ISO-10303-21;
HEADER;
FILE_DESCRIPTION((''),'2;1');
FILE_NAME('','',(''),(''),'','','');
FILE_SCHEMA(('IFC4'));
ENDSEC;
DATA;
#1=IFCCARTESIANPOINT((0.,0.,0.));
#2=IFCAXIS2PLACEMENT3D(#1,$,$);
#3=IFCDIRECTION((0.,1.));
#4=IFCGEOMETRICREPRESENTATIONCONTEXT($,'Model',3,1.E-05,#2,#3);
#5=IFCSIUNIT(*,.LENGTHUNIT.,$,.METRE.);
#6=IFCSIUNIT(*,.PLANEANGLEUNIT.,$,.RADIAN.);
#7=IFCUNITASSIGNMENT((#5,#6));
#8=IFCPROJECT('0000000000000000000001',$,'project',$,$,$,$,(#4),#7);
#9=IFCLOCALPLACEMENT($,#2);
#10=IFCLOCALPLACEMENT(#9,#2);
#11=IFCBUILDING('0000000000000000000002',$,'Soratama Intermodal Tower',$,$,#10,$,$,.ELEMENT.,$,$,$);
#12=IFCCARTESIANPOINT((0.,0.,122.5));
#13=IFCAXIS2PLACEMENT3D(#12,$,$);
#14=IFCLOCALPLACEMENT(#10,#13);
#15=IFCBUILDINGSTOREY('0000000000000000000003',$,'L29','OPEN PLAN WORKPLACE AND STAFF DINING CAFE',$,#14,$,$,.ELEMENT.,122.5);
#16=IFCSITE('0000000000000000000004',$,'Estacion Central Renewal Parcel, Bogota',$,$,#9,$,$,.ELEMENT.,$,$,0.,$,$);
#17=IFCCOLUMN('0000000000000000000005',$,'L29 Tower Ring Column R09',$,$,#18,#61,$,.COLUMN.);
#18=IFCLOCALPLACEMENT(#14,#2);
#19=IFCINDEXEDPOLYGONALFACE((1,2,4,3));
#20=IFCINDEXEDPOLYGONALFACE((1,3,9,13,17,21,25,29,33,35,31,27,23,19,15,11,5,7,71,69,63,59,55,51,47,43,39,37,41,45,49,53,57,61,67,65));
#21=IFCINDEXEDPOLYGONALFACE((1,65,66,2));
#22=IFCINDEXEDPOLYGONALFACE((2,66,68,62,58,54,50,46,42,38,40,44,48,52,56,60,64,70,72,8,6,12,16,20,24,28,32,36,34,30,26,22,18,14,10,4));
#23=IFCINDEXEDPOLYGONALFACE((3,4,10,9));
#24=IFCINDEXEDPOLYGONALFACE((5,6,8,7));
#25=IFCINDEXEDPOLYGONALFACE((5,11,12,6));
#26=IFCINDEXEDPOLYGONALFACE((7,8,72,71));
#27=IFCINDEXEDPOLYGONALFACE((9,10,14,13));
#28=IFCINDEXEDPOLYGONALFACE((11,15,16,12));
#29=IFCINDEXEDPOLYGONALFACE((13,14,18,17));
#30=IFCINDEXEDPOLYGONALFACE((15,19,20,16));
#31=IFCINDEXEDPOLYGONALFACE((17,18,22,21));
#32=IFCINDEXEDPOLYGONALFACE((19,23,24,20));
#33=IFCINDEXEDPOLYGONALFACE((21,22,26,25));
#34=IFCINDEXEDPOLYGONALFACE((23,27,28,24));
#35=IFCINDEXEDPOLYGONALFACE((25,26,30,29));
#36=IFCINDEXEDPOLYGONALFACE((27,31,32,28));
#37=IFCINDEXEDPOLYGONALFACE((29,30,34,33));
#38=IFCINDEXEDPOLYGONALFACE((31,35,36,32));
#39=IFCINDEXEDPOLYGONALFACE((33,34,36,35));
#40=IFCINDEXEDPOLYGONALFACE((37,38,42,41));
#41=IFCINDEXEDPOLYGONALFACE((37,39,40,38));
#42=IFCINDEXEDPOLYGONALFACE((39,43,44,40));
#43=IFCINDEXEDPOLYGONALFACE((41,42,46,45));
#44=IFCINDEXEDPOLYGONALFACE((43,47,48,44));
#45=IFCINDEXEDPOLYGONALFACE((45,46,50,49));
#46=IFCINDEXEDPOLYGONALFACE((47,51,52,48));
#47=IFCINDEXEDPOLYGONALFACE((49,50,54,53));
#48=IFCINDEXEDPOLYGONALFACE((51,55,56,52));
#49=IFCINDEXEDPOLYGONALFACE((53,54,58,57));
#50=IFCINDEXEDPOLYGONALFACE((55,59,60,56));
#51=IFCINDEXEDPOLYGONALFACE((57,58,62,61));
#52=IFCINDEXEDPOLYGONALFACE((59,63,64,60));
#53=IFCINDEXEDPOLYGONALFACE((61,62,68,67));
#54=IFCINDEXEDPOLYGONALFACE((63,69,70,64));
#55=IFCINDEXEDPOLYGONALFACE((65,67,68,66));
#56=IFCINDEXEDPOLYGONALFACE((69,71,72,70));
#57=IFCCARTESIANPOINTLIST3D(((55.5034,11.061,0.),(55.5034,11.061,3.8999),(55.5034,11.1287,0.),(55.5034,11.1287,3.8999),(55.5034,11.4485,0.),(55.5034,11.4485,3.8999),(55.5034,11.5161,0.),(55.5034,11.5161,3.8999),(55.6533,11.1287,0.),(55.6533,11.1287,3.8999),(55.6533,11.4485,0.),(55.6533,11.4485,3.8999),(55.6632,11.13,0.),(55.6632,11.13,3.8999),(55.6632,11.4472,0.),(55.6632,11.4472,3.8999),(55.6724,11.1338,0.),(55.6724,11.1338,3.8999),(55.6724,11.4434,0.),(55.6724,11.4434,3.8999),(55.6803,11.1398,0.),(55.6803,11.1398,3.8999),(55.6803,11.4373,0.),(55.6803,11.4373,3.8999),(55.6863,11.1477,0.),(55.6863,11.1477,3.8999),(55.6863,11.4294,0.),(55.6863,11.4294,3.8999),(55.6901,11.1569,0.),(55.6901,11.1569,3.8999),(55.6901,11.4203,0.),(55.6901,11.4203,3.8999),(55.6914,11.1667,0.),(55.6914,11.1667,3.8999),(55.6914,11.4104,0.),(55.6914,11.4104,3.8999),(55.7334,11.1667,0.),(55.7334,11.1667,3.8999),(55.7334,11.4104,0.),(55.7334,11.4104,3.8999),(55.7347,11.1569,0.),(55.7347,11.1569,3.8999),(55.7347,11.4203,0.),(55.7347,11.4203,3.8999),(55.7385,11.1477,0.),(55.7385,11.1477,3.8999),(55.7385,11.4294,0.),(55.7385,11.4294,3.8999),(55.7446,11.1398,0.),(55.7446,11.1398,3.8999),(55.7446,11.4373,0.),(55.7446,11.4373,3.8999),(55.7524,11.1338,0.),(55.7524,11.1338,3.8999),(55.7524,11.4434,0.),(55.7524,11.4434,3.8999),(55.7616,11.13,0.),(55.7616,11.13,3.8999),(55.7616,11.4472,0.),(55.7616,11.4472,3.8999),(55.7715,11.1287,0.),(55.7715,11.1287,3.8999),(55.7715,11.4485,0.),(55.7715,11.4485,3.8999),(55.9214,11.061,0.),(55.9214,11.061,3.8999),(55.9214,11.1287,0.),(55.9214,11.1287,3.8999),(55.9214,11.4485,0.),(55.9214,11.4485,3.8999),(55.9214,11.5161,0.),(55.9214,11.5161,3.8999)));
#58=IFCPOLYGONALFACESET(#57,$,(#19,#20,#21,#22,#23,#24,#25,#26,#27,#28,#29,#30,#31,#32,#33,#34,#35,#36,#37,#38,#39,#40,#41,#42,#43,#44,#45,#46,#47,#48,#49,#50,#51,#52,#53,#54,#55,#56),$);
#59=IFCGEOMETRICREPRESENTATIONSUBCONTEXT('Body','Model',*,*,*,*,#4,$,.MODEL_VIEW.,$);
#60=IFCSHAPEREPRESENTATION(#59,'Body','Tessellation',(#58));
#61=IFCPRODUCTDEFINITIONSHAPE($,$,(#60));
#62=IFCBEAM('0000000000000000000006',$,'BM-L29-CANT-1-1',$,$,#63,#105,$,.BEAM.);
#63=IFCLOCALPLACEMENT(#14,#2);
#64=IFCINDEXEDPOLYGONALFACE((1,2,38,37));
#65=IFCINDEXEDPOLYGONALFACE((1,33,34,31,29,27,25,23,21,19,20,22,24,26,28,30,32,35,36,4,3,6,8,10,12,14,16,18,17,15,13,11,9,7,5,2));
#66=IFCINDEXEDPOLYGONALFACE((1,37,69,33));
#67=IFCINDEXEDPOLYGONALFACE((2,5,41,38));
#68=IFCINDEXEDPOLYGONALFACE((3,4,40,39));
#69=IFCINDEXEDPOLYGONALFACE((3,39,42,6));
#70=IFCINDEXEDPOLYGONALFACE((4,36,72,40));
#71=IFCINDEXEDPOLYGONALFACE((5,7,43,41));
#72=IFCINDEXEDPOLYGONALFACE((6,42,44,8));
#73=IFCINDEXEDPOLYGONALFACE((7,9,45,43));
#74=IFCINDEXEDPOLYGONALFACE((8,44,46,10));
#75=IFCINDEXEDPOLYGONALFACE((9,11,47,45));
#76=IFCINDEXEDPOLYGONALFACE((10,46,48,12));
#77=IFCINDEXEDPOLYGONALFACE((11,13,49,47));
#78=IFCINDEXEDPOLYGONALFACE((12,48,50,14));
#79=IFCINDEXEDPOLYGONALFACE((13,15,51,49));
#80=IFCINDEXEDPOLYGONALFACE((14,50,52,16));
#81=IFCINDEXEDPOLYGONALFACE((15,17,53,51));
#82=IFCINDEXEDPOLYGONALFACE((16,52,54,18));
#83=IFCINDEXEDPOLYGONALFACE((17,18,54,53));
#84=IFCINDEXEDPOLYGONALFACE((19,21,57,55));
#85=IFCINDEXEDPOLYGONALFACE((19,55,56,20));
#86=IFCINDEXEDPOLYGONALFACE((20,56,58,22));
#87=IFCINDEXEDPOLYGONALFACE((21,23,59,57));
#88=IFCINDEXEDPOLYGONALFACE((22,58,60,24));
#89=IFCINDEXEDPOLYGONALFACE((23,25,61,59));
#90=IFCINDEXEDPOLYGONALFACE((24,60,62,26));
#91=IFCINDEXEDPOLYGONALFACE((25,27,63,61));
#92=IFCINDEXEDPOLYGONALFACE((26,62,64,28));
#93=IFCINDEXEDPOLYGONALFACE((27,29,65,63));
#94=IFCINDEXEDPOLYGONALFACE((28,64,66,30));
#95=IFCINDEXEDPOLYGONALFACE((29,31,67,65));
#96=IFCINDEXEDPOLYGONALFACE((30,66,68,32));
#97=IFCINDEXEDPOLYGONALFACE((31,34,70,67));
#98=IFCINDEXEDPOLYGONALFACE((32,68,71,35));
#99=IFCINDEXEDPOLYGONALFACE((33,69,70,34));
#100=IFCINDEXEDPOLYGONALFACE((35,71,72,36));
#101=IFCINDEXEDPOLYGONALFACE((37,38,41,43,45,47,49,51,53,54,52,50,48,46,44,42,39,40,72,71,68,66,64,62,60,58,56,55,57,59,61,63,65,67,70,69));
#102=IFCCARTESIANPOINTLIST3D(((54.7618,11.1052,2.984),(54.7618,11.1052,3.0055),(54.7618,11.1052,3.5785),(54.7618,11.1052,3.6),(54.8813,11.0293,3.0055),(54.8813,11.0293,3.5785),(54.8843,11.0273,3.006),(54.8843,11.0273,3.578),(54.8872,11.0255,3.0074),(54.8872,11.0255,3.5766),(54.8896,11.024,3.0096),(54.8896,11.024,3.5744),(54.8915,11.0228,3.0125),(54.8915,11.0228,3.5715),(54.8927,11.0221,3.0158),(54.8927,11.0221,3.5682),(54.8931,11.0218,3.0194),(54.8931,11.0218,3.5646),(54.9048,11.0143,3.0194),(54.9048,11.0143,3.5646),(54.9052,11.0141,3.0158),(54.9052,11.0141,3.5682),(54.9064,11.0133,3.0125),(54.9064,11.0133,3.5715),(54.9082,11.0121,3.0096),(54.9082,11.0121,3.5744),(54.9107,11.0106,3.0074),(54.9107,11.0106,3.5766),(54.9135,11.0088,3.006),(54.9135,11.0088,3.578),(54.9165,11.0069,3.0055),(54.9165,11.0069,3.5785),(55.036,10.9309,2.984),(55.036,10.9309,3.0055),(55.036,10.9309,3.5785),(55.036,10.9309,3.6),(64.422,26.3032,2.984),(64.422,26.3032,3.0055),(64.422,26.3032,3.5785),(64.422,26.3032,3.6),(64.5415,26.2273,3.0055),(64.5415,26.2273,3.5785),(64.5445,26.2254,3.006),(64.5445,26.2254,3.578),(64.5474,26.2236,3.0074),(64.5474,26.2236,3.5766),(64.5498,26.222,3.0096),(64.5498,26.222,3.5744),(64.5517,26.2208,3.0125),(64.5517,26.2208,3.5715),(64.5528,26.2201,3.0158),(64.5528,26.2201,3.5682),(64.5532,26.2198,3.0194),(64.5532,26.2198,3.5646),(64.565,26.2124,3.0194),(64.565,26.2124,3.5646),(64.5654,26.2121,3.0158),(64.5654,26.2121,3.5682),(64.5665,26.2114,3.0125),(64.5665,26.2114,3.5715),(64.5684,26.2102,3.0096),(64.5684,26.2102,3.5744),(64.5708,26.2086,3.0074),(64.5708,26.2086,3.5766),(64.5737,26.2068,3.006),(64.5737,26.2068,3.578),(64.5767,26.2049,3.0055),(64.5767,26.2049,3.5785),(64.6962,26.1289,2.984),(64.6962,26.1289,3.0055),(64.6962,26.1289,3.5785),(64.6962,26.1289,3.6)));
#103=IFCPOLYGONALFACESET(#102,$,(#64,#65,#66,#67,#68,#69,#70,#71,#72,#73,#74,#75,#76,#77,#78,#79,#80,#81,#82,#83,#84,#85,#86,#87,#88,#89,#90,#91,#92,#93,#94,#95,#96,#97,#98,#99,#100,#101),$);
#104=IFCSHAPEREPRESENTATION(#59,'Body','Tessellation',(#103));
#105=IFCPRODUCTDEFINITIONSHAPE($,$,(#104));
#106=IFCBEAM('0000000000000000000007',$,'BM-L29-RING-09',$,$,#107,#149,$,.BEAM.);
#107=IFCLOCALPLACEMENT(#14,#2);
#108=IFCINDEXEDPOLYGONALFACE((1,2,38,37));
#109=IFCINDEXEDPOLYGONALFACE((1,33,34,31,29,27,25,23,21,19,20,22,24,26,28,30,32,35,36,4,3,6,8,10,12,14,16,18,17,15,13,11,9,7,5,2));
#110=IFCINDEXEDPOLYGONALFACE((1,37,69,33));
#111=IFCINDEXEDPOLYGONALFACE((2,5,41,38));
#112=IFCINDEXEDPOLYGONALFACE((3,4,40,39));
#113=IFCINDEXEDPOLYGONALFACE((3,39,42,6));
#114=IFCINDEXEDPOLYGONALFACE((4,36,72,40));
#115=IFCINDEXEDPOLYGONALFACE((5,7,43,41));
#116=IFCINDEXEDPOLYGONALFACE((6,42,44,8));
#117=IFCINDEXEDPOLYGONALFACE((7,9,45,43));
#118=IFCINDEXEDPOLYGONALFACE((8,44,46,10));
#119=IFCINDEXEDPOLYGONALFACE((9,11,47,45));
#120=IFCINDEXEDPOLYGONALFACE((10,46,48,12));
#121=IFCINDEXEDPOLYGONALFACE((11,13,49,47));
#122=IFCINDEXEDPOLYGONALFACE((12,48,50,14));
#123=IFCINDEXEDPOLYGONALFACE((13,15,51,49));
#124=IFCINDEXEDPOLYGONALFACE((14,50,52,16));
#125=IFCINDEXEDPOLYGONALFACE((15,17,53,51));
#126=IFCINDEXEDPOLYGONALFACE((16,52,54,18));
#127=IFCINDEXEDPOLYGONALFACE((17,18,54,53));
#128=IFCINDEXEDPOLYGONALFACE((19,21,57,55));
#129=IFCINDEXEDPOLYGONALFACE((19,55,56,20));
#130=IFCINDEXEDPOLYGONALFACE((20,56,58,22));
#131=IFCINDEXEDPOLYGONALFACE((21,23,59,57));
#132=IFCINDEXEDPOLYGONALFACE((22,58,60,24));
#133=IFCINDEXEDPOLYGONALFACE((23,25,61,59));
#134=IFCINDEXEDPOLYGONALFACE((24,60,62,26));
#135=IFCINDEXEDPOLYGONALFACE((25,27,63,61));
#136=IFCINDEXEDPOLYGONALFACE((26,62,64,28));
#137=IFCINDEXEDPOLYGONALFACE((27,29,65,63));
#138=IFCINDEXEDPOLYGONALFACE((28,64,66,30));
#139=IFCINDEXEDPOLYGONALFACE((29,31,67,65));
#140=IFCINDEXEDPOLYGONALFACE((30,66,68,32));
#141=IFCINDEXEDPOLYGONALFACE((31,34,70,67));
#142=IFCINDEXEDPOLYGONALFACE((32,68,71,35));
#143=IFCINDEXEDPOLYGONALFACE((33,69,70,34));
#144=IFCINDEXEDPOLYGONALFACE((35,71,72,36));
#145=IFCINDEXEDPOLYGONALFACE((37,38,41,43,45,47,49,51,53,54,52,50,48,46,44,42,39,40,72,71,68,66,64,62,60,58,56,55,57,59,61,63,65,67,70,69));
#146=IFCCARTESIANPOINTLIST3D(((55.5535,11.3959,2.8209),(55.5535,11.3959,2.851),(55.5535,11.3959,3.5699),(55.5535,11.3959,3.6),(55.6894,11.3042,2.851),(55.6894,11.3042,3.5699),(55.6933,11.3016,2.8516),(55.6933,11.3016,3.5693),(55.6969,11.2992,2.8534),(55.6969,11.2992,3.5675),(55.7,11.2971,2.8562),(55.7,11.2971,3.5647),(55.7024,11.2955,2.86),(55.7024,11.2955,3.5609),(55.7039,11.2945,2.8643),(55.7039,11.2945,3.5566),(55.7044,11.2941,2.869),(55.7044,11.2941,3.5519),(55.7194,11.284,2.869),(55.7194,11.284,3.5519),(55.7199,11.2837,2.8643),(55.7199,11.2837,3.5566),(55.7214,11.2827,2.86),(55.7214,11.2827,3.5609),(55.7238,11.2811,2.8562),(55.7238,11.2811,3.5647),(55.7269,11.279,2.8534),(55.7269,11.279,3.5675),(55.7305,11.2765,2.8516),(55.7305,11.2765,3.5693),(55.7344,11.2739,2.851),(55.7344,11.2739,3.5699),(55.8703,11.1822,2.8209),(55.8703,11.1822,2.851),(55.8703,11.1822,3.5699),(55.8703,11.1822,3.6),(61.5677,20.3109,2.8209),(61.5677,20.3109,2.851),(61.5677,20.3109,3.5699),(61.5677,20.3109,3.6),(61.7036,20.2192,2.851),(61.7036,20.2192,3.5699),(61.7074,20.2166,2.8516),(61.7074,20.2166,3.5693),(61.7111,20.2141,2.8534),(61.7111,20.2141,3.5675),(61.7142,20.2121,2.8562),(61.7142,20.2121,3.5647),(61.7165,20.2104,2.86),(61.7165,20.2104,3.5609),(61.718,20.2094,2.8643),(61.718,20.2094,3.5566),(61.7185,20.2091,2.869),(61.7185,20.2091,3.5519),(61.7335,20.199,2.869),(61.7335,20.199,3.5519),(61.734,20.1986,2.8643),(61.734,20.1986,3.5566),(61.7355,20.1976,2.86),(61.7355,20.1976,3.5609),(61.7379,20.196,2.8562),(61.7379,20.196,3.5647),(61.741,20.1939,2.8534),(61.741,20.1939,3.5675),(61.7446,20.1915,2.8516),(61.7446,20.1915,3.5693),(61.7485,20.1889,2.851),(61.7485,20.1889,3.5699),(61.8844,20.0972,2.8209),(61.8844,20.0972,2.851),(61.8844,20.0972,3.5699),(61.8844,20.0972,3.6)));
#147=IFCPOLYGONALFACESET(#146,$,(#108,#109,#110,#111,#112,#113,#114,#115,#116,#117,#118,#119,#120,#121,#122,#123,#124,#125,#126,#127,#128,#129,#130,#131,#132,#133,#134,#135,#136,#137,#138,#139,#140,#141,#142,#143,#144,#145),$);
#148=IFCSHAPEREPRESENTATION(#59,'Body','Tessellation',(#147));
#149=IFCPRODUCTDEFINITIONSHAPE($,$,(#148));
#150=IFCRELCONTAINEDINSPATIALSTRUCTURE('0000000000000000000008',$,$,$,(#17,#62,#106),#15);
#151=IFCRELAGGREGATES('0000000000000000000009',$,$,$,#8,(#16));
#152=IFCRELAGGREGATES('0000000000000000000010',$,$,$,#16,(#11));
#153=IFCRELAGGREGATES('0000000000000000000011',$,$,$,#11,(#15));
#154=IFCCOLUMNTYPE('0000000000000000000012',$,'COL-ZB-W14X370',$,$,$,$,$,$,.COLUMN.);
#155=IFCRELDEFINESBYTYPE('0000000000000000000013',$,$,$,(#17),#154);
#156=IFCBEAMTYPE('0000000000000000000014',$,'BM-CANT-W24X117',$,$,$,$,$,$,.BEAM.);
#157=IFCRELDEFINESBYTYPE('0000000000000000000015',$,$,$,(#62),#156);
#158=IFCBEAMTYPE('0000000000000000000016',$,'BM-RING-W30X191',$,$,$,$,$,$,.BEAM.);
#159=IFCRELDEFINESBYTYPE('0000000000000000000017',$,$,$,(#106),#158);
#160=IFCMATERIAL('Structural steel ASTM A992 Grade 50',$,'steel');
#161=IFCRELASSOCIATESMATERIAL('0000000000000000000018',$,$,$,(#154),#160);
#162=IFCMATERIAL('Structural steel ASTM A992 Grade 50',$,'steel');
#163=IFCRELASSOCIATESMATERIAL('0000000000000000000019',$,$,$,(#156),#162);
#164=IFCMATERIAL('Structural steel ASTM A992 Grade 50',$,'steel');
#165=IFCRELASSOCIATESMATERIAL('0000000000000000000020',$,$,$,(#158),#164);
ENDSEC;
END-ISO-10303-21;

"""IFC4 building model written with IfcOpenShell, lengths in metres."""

from ifc_helpers import new_model, si_unit, direction, frame, origin, origin_2d, place, context, subcontext, project, spatial, i_section, extrude, material, material_profile, profile_set, type_object, element, save


model = new_model("IFC4")

# Units and contexts
model_context = context("Model", 3, precision=1e-05, world=origin(), true_north=direction((0.0, 1.0)))
body_context = subcontext(model_context, "Body", "Model", "MODEL_VIEW")
ifc_project = project(units=[si_unit("LENGTHUNIT", "METRE"), si_unit("PLANEANGLEUNIT", "RADIAN")], contexts=[model_context])

# Site, building, storey
site_placement = place(None, origin())
site = spatial("IfcSite", under=ifc_project, at=site_placement, Name="Estacion Central Renewal Parcel, Bogota", CompositionType="ELEMENT", RefElevation=0.0)
building_placement = place(site_placement, origin())
building = spatial("IfcBuilding", under=site, at=building_placement, Name="Soratama Intermodal Tower", CompositionType="ELEMENT")
storey_placement = place(building_placement, frame((0.0, 0.0, 122.5)))
storey = spatial("IfcBuildingStorey", under=building, at=storey_placement, Name="L29", Description="OPEN PLAN WORKPLACE AND STAFF DINING CAFE", CompositionType="ELEMENT", Elevation=122.5)

# Column
ifc_material_1 = material(Name="Structural steel ASTM A992 Grade 50", Category="steel")
ifc_material_profile_1 = material_profile(ifc_material_1, i_section(OverallWidth=0.418, OverallDepth=0.4551, WebThickness=0.042, FlangeThickness=0.0676, FilletRadius=0.0381, at=origin_2d()), Name="W14X370")
ifc_profile_set_1 = profile_set([ifc_material_profile_1], Name="Structural steel ASTM A992 Grade 50")
column_type = type_object("IfcColumnType", Name="COL-ZB-W14X370", PredefinedType="COLUMN", material=ifc_profile_set_1)
column_placement = place(storey_placement, frame((55.7124, 11.2886, 0.0), z_axis=(0.0, 0.0, 1.0), x_axis=(1.0, 0.0, 0.0)))
element("IfcColumn", 1, at=column_placement, inside=storey, type_object=column_type, Name="L29 Tower Ring Column R09", PredefinedType="COLUMN", context=body_context, shape_type="SweptSolid", body=[
    extrude(i_section(OverallWidth=0.418, OverallDepth=0.4551, WebThickness=0.042, FlangeThickness=0.0676, FilletRadius=0.0381, at=origin_2d()), origin(), (0.0, 0.0, 1.0), 3.8999),
])

# Beams
ifc_material_2 = material(Name="Structural steel ASTM A992 Grade 50", Category="steel")
ifc_material_profile_2 = material_profile(ifc_material_2, i_section(OverallWidth=0.325, OverallDepth=0.616, WebThickness=0.0139, FlangeThickness=0.0215, FilletRadius=0.0139, at=origin_2d()), Name="W24X117")
ifc_profile_set_2 = profile_set([ifc_material_profile_2], Name="Structural steel ASTM A992 Grade 50")
beam_type_1 = type_object("IfcBeamType", Name="BM-CANT-W24X117", PredefinedType="BEAM", material=ifc_profile_set_2)
beam_1_placement = place(storey_placement, frame((54.8989, 11.0181, 3.292), z_axis=(0.536429, 0.843946, 0.0), x_axis=(-0.843946, 0.536429, 0.0)))
element("IfcBeam", 2, at=beam_1_placement, inside=storey, type_object=beam_type_1, Name="BM-L29-CANT-1-1", PredefinedType="BEAM", context=body_context, shape_type="SweptSolid", body=[
    extrude(i_section(OverallWidth=0.325, OverallDepth=0.616, WebThickness=0.0139, FlangeThickness=0.0215, FilletRadius=0.0139, at=origin_2d()), origin(), (0.0, 0.0, 1.0), 18.0083),
])
ifc_material_3 = material(Name="Structural steel ASTM A992 Grade 50", Category="steel")
ifc_material_profile_3 = material_profile(ifc_material_3, i_section(OverallWidth=0.3821, OverallDepth=0.7791, WebThickness=0.0181, FlangeThickness=0.03, FilletRadius=0.0181, at=origin_2d()), Name="W30X191")
ifc_profile_set_3 = profile_set([ifc_material_profile_3], Name="Structural steel ASTM A992 Grade 50")
beam_type_2 = type_object("IfcBeamType", Name="BM-RING-W30X191", PredefinedType="BEAM", material=ifc_profile_set_3)
beam_2_placement = place(storey_placement, frame((55.7119, 11.2891, 3.2104), z_axis=(0.55925, 0.828999, 0.0), x_axis=(-0.828999, 0.55925, 0.0)))
element("IfcBeam", 3, at=beam_2_placement, inside=storey, type_object=beam_type_2, Name="BM-L29-RING-09", PredefinedType="BEAM", context=body_context, shape_type="SweptSolid", body=[
    extrude(i_section(OverallWidth=0.3821, OverallDepth=0.7791, WebThickness=0.0181, FlangeThickness=0.03, FilletRadius=0.0181, at=origin_2d()), origin(), (0.0, 0.0, 1.0), 10.7539),
])

save(model, "model.ifc")
